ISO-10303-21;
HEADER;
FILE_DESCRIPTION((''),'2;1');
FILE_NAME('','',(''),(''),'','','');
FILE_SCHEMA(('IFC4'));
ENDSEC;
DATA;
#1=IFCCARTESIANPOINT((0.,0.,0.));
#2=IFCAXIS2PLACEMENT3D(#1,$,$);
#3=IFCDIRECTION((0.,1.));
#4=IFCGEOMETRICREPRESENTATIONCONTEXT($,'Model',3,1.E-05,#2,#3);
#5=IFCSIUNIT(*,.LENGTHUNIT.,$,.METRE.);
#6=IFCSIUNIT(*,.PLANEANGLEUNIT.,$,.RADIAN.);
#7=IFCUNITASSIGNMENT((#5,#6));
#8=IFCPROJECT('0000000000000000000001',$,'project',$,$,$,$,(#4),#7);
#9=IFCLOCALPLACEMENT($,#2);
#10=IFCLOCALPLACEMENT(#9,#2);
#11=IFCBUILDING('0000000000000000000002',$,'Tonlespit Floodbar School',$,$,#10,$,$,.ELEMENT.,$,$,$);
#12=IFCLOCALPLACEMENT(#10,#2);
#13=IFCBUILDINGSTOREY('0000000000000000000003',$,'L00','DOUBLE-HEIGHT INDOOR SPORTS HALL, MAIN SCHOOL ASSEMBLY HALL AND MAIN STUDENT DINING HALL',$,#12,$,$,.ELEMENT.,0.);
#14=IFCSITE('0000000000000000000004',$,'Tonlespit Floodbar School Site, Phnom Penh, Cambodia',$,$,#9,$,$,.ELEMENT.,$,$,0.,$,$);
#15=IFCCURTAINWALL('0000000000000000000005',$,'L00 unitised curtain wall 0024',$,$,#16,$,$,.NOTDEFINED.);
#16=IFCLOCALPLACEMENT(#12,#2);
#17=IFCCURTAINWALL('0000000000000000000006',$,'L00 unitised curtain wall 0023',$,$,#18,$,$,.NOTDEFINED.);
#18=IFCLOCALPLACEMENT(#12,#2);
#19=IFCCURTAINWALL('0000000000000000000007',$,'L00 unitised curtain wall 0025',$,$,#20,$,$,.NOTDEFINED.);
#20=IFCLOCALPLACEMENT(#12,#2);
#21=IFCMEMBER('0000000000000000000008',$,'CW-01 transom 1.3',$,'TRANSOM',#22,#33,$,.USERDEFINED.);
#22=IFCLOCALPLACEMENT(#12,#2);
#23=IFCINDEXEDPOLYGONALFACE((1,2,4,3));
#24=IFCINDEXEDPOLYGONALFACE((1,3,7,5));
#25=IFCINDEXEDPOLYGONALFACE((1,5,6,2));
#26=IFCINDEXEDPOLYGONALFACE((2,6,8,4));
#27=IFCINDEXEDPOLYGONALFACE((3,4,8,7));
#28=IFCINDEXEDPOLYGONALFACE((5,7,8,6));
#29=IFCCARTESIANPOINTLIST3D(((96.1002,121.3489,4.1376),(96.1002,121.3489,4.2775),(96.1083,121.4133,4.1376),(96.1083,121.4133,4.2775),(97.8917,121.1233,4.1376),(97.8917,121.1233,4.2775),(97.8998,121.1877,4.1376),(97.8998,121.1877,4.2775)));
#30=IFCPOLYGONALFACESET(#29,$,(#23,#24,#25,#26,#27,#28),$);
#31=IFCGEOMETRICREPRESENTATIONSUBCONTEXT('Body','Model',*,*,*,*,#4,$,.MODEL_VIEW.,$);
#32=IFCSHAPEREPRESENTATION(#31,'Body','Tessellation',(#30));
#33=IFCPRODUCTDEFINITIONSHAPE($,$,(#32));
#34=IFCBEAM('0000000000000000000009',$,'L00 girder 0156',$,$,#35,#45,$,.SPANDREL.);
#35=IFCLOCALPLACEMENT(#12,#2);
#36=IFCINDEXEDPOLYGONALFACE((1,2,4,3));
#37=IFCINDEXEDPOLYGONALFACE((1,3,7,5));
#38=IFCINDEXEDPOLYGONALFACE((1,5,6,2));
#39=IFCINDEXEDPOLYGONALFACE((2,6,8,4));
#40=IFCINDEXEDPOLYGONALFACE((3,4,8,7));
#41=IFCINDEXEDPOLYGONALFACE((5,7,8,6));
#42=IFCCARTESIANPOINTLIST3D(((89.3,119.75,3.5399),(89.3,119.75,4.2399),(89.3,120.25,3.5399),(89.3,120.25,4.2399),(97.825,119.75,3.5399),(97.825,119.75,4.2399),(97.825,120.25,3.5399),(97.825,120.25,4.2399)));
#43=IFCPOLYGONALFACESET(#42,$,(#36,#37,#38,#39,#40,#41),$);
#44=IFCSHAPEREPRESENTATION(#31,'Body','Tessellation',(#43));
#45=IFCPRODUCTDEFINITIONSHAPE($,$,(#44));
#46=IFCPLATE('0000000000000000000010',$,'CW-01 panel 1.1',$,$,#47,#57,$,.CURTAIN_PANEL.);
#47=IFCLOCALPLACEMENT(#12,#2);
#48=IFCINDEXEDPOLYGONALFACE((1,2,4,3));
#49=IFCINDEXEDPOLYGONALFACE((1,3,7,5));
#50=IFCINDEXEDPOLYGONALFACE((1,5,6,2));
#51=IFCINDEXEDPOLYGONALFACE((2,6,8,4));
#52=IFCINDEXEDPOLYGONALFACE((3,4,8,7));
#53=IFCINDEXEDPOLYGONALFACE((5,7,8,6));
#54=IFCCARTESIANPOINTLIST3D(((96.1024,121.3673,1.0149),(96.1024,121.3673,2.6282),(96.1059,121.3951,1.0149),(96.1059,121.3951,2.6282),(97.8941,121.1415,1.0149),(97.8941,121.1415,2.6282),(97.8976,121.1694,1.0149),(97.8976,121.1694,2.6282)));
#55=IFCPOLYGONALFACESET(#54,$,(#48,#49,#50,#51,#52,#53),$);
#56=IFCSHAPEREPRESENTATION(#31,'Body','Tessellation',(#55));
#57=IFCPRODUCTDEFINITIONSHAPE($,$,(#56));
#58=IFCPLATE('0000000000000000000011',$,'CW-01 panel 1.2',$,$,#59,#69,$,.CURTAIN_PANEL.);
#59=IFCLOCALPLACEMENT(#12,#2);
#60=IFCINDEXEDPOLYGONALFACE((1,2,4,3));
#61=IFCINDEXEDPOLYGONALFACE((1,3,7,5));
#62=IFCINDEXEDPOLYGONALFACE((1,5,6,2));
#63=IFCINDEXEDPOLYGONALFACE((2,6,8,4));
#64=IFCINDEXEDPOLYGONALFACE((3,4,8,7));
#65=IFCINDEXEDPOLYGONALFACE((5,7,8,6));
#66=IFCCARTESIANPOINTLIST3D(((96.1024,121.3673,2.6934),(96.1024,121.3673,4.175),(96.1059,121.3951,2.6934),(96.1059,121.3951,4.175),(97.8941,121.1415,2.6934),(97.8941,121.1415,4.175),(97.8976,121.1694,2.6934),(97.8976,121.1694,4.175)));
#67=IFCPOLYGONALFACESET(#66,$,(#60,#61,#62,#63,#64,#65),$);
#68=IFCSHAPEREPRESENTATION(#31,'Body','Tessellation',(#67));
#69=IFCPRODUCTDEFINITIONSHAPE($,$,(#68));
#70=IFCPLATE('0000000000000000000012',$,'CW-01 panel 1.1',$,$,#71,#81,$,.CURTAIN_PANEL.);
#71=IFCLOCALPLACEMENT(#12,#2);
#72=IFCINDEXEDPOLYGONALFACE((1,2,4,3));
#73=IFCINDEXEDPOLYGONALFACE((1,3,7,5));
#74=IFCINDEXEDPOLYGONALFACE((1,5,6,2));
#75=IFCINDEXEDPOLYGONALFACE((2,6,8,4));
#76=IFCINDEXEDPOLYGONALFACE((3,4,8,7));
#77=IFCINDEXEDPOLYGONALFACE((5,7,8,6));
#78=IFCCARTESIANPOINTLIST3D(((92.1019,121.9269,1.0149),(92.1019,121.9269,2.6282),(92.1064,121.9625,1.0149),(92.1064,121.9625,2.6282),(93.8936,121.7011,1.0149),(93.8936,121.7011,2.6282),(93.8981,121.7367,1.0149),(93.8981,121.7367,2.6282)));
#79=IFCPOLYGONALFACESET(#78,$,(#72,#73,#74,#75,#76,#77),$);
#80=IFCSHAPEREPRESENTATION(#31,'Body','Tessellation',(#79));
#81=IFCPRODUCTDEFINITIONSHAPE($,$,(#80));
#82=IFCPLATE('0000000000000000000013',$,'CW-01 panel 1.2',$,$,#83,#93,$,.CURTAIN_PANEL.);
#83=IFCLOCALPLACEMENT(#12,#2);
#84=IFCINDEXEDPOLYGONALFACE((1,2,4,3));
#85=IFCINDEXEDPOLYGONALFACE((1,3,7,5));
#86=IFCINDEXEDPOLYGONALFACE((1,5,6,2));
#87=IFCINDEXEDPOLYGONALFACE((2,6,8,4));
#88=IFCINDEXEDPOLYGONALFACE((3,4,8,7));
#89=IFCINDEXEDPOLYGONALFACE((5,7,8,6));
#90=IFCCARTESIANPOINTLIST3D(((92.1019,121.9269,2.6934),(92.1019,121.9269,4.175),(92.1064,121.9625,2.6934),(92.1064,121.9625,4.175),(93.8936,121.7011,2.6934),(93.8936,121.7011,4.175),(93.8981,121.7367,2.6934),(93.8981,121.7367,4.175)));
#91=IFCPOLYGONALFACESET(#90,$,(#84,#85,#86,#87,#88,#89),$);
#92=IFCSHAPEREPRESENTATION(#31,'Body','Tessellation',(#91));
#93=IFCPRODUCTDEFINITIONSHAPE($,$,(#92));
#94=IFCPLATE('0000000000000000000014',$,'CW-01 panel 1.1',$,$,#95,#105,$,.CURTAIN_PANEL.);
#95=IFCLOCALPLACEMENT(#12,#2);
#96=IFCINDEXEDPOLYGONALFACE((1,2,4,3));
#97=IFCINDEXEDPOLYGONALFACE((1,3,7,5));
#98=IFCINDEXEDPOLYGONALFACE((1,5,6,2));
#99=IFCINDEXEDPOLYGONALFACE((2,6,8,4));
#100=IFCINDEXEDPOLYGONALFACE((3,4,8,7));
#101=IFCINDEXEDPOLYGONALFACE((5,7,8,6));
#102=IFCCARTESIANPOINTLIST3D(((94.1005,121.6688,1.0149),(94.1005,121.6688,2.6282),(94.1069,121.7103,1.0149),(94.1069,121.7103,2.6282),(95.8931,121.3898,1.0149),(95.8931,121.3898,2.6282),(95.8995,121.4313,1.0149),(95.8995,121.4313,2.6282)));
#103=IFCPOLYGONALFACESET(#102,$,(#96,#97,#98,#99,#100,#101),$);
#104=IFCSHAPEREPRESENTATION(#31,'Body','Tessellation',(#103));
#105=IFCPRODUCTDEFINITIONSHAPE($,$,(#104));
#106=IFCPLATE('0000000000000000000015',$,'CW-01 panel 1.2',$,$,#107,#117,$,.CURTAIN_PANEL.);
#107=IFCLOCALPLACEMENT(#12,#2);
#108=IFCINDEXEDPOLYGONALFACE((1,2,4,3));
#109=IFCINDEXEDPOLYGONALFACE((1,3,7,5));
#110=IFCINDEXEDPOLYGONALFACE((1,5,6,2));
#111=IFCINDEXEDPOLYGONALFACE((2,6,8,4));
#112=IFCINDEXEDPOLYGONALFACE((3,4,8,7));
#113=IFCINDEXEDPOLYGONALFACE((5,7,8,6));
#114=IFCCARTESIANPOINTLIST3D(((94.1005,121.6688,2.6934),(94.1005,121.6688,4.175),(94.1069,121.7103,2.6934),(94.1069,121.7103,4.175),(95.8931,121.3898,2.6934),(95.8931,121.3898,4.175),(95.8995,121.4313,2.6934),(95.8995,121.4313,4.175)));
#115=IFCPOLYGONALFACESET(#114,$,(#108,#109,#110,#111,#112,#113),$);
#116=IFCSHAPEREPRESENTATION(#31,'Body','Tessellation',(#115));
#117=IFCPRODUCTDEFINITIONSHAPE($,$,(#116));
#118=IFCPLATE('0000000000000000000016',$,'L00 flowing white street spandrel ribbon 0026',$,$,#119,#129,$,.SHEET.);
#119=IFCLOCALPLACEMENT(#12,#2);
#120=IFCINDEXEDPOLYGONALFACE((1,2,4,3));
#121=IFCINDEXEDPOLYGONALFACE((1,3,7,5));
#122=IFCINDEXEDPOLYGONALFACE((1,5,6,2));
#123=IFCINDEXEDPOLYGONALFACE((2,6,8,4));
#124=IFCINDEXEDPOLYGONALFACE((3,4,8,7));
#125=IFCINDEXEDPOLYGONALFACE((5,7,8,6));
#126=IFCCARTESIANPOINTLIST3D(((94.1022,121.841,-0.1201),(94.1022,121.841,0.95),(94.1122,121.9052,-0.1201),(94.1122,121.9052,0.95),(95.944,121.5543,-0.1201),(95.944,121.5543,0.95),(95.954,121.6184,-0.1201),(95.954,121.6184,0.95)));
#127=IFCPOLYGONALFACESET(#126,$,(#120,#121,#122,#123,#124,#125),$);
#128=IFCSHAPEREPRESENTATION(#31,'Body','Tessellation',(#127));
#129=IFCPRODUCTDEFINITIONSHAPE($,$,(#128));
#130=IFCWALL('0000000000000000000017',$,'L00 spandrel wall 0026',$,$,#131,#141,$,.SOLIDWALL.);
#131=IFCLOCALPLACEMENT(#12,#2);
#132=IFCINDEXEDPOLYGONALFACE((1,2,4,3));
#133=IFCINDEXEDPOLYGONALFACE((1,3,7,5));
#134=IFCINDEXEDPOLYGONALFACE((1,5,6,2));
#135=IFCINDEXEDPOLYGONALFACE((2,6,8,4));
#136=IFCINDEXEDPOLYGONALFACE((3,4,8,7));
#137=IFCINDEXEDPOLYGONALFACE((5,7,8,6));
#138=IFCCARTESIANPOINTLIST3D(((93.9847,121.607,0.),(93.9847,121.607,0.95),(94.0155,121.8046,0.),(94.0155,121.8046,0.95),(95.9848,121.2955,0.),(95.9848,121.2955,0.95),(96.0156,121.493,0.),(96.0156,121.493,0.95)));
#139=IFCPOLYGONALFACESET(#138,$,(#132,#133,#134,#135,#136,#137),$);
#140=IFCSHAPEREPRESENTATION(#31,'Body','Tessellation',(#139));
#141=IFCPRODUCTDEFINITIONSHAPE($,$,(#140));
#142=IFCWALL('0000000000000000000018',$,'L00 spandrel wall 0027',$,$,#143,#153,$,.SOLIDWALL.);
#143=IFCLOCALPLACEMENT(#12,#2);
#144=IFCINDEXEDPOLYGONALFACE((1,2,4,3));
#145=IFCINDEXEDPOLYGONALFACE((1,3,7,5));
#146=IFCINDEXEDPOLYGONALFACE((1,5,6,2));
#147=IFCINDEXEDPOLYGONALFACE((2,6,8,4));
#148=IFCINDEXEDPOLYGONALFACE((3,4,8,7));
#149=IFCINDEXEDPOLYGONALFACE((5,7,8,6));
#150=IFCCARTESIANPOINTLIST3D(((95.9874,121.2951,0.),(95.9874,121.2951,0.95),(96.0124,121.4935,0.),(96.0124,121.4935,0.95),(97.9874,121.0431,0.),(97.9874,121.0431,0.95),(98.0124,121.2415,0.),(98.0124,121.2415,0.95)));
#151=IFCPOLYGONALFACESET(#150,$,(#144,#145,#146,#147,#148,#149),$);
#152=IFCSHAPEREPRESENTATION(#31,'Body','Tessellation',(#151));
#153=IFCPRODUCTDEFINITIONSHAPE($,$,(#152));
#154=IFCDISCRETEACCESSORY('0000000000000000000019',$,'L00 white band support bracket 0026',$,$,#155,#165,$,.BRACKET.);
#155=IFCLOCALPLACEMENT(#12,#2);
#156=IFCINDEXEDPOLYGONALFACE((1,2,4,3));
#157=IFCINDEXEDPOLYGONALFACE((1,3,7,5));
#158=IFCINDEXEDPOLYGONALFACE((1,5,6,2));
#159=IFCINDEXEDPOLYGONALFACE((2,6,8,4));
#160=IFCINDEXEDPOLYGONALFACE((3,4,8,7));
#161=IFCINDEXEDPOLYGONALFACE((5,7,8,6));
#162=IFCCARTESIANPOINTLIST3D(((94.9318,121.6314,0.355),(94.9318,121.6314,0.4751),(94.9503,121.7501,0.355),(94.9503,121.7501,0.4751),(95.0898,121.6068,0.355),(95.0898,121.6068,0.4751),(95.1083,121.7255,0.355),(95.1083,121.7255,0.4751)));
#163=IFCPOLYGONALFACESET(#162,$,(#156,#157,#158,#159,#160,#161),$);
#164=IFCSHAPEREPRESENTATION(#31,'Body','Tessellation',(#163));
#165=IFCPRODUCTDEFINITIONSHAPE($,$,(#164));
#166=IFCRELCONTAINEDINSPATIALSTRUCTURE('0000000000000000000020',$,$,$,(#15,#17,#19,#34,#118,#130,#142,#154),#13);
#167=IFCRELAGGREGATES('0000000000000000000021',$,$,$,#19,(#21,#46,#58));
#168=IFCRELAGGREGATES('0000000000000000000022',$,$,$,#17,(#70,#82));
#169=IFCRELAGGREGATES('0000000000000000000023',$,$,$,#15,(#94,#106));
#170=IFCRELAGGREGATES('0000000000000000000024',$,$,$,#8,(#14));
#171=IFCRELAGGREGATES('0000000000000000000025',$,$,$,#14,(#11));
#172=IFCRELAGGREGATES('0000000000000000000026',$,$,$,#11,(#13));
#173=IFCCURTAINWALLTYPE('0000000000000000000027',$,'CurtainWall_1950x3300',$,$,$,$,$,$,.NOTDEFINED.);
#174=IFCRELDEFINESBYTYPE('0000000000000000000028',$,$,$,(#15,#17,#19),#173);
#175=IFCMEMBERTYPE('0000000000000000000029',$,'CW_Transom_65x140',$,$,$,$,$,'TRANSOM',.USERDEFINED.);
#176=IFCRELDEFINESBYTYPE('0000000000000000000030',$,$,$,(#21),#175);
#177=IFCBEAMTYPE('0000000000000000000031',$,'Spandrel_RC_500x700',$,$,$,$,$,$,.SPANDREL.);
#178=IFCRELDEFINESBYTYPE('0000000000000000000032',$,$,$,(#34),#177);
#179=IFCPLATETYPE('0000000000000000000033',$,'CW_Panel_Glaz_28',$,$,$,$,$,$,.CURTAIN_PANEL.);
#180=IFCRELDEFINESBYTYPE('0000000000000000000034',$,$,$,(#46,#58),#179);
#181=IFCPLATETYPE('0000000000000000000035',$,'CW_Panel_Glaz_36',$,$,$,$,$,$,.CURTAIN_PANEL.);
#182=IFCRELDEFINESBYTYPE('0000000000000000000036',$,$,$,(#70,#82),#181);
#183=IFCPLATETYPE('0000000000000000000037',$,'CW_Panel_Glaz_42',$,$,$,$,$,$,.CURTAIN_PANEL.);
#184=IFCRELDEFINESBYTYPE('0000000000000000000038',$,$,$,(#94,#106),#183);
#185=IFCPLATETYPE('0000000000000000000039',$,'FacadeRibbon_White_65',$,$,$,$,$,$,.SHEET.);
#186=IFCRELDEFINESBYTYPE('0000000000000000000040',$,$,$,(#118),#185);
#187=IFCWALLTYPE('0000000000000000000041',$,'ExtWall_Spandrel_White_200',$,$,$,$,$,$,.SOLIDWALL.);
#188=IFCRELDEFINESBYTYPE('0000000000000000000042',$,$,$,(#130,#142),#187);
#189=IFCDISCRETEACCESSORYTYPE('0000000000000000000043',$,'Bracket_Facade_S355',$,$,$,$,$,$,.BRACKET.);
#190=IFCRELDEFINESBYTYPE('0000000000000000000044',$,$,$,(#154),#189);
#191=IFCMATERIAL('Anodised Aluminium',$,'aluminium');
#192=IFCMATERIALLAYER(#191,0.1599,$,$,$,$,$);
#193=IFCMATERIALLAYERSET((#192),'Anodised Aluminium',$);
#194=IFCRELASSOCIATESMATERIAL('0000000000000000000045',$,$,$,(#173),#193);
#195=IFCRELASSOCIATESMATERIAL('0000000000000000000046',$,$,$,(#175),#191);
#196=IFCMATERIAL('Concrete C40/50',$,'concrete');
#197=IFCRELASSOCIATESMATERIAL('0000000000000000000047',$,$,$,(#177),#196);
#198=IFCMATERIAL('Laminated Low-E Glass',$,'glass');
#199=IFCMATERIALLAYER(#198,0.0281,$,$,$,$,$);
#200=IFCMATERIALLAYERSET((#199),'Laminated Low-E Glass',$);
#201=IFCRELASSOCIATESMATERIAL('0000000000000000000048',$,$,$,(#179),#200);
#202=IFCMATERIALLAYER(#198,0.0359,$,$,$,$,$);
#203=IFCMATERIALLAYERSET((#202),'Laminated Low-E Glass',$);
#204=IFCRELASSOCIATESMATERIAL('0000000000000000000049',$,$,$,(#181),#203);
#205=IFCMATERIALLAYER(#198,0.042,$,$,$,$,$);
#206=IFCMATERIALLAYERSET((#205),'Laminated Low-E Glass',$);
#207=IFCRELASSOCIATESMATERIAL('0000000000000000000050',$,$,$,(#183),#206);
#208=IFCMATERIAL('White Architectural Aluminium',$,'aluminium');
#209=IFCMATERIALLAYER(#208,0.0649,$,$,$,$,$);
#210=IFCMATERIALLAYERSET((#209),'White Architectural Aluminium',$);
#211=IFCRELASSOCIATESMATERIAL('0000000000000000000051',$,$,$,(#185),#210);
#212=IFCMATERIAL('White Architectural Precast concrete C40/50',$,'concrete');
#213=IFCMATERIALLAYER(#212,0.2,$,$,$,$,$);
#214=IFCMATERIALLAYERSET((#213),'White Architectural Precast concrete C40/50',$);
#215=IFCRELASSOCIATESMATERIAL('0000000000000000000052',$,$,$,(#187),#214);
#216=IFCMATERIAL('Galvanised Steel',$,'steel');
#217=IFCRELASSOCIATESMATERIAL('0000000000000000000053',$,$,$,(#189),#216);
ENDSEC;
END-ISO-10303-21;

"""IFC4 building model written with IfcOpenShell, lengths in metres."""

from ifc_helpers import new_model, si_unit, direction, frame, frame_2d, origin, origin_2d, place, context, subcontext, project, spatial, rectangle, extrude, material, layer, layer_set, material_profile, profile_set, type_object, element, aggregate, save


model = new_model("IFC4")

# Units and contexts
model_context = context("Model", 3, precision=1e-05, world=origin(), true_north=direction((0.0, 1.0)))
body_context = subcontext(model_context, "Body", "Model", "MODEL_VIEW")
ifc_project = project(units=[si_unit("LENGTHUNIT", "METRE"), si_unit("PLANEANGLEUNIT", "RADIAN")], contexts=[model_context])

# Site, building, storey
site_placement = place(None, origin())
site = spatial("IfcSite", under=ifc_project, at=site_placement, Name="Tonlespit Floodbar School Site, Phnom Penh, Cambodia", CompositionType="ELEMENT", RefElevation=0.0)
building_placement = place(site_placement, origin())
building = spatial("IfcBuilding", under=site, at=building_placement, Name="Tonlespit Floodbar School", CompositionType="ELEMENT")
storey_placement = place(building_placement, origin())
storey = spatial("IfcBuildingStorey", under=building, at=storey_placement, Name="L00", Description="DOUBLE-HEIGHT INDOOR SPORTS HALL, MAIN SCHOOL ASSEMBLY HALL AND MAIN STUDENT DINING HALL", CompositionType="ELEMENT", Elevation=0.0)

# Shared definitions
ifc_material_1 = material(Name="Concrete C40/50", Category="concrete")

# Curtain wall
ifc_material_2 = material(Name="Anodised Aluminium", Category="aluminium")
ifc_layer_1 = layer(ifc_material_2, 0.1599)
ifc_layer_set_1 = layer_set([ifc_layer_1], Name="Anodised Aluminium")
curtain_wall_type = type_object("IfcCurtainWallType", Name="CurtainWall_1950x3300", PredefinedType="NOTDEFINED", material=ifc_layer_set_1)
curtain_wall_1_placement = place(storey_placement, origin())
curtain_wall_1 = element("IfcCurtainWall", 1, at=curtain_wall_1_placement, inside=storey, type_object=curtain_wall_type, Name="L00 unitised curtain wall 0024", PredefinedType="NOTDEFINED")

# Curtain walls
curtain_wall_2_placement = place(storey_placement, origin())
curtain_wall_2 = element("IfcCurtainWall", 2, at=curtain_wall_2_placement, inside=storey, type_object=curtain_wall_type, Name="L00 unitised curtain wall 0023", PredefinedType="NOTDEFINED")
curtain_wall_3_placement = place(storey_placement, origin())
curtain_wall_3 = element("IfcCurtainWall", 3, at=curtain_wall_3_placement, inside=storey, type_object=curtain_wall_type, Name="L00 unitised curtain wall 0025", PredefinedType="NOTDEFINED")

# Member
ifc_material_profile_1 = material_profile(ifc_material_2, rectangle(XDim=0.0649, YDim=0.1399, at=origin_2d()), Name="ALU T65x140")
ifc_profile_set_1 = profile_set([ifc_material_profile_1], Name="Anodised Aluminium")
member_type_1 = type_object("IfcMemberType", Name="CW_Transom_65x140", ElementType="TRANSOM", PredefinedType="USERDEFINED", material=ifc_profile_set_1)
member_1_placement = place(storey_placement, frame((96.1042, 121.3811, 4.2075), z_axis=(0.992165, -0.124933, 0.0), x_axis=(0.124933, 0.992165, 0.0)))
member_1 = element("IfcMember", 4, at=member_1_placement, type_object=member_type_1, Name="CW-01 transom 1.3", ObjectType="TRANSOM", PredefinedType="USERDEFINED", context=body_context, shape_type="SweptSolid", body=[
    extrude(rectangle(XDim=0.0649, YDim=0.1399, at=origin_2d()), origin(), (0.0, 0.0, 1.0), 1.8057),
])

# Beam
ifc_material_profile_2 = material_profile(ifc_material_1, rectangle(XDim=0.5, YDim=0.7, at=origin_2d()), Name="RC 500x700")
ifc_profile_set_2 = profile_set([ifc_material_profile_2], Name="Concrete C40/50")
beam_type_1 = type_object("IfcBeamType", Name="Spandrel_RC_500x700", PredefinedType="SPANDREL", material=ifc_profile_set_2)
beam_1_placement = place(storey_placement, frame((89.3, 120.0, 3.8899), z_axis=(1.0, 0.0, 0.0), x_axis=(0.0, 1.0, 0.0)))
element("IfcBeam", 5, at=beam_1_placement, inside=storey, type_object=beam_type_1, Name="L00 girder 0156", PredefinedType="SPANDREL", context=body_context, shape_type="SweptSolid", body=[
    extrude(rectangle(XDim=0.5, YDim=0.7, at=origin_2d()), origin(), (0.0, 0.0, 1.0), 8.5249),
])

# Plates
ifc_material_3 = material(Name="Laminated Low-E Glass", Category="glass")
ifc_layer_2 = layer(ifc_material_3, 0.0281)
ifc_layer_set_2 = layer_set([ifc_layer_2], Name="Laminated Low-E Glass")
plate_type_1 = type_object("IfcPlateType", Name="CW_Panel_Glaz_28", PredefinedType="CURTAIN_PANEL", material=ifc_layer_set_2)
plate_1_placement = place(storey_placement, frame((97.0, 121.2683, 1.0149), z_axis=(0.0, 0.0, 1.0), x_axis=(0.992155, -0.125014, 0.0)))
plate_1 = element("IfcPlate", 6, at=plate_1_placement, type_object=plate_type_1, Name="CW-01 panel 1.1", PredefinedType="CURTAIN_PANEL", context=body_context, shape_type="SweptSolid", body=[
    extrude(rectangle(XDim=1.8059, YDim=0.0281, at=origin_2d()), origin(), (0.0, 0.0, 1.0), 1.6133),
])
plate_2_placement = place(storey_placement, frame((97.0, 121.2683, 2.6934), z_axis=(0.0, 0.0, 1.0), x_axis=(0.992155, -0.125014, 0.0)))
plate_2 = element("IfcPlate", 7, at=plate_2_placement, type_object=plate_type_1, Name="CW-01 panel 1.2", PredefinedType="CURTAIN_PANEL", context=body_context, shape_type="SweptSolid", body=[
    extrude(rectangle(XDim=1.8059, YDim=0.0281, at=origin_2d()), origin(), (0.0, 0.0, 1.0), 1.4817),
])
aggregate(curtain_wall_3, [member_1, plate_1, plate_2])
ifc_layer_3 = layer(ifc_material_3, 0.0359)
ifc_layer_set_3 = layer_set([ifc_layer_3], Name="Laminated Low-E Glass")
plate_type_2 = type_object("IfcPlateType", Name="CW_Panel_Glaz_36", PredefinedType="CURTAIN_PANEL", material=ifc_layer_set_3)
plate_3_placement = place(storey_placement, frame((93.0, 121.8318, 1.0149), z_axis=(0.0, 0.0, 1.0), x_axis=(0.992155, -0.125014, 0.0)))
plate_3 = element("IfcPlate", 8, at=plate_3_placement, type_object=plate_type_2, Name="CW-01 panel 1.1", PredefinedType="CURTAIN_PANEL", context=body_context, shape_type="SweptSolid", body=[
    extrude(rectangle(XDim=1.8059, YDim=0.0359, at=origin_2d()), origin(), (0.0, 0.0, 1.0), 1.6133),
])
plate_4_placement = place(storey_placement, frame((93.0, 121.8318, 2.6934), z_axis=(0.0, 0.0, 1.0), x_axis=(0.992155, -0.125014, 0.0)))
plate_4 = element("IfcPlate", 9, at=plate_4_placement, type_object=plate_type_2, Name="CW-01 panel 1.2", PredefinedType="CURTAIN_PANEL", context=body_context, shape_type="SweptSolid", body=[
    extrude(rectangle(XDim=1.8059, YDim=0.0359, at=origin_2d()), origin(), (0.0, 0.0, 1.0), 1.4817),
])
aggregate(curtain_wall_2, [plate_3, plate_4])
ifc_layer_4 = layer(ifc_material_3, 0.042)
ifc_layer_set_4 = layer_set([ifc_layer_4], Name="Laminated Low-E Glass")
plate_type_3 = type_object("IfcPlateType", Name="CW_Panel_Glaz_42", PredefinedType="CURTAIN_PANEL", material=ifc_layer_set_4)
plate_5_placement = place(storey_placement, frame((95.0, 121.55, 1.0149), z_axis=(0.0, 0.0, 1.0), x_axis=(0.988103, -0.153796, 0.0)))
plate_5 = element("IfcPlate", 10, at=plate_5_placement, type_object=plate_type_3, Name="CW-01 panel 1.1", PredefinedType="CURTAIN_PANEL", context=body_context, shape_type="SweptSolid", body=[
    extrude(rectangle(XDim=1.8142, YDim=0.042, at=origin_2d()), origin(), (0.0, 0.0, 1.0), 1.6133),
])
plate_6_placement = place(storey_placement, frame((95.0, 121.55, 2.6934), z_axis=(0.0, 0.0, 1.0), x_axis=(0.988103, -0.153796, 0.0)))
plate_6 = element("IfcPlate", 11, at=plate_6_placement, type_object=plate_type_3, Name="CW-01 panel 1.2", PredefinedType="CURTAIN_PANEL", context=body_context, shape_type="SweptSolid", body=[
    extrude(rectangle(XDim=1.8142, YDim=0.042, at=origin_2d()), origin(), (0.0, 0.0, 1.0), 1.4817),
])
aggregate(curtain_wall_1, [plate_5, plate_6])
ifc_material_4 = material(Name="White Architectural Aluminium", Category="aluminium")
ifc_layer_5 = layer(ifc_material_4, 0.0649)
ifc_layer_set_5 = layer_set([ifc_layer_5], Name="White Architectural Aluminium")
plate_type_4 = type_object("IfcPlateType", Name="FacadeRibbon_White_65", PredefinedType="SHEET", material=ifc_layer_set_5)
plate_7_placement = place(storey_placement, frame((95.0281, 121.7297, -0.1201), z_axis=(0.0, 0.0, 1.0), x_axis=(0.988095, -0.153846, 0.0)))
element("IfcPlate", 12, at=plate_7_placement, inside=storey, type_object=plate_type_4, Name="L00 flowing white street spandrel ribbon 0026", PredefinedType="SHEET", context=body_context, shape_type="SweptSolid", body=[
    extrude(rectangle(XDim=1.864, YDim=0.0649, at=origin_2d()), origin(), (0.0, 0.0, 1.0), 1.0701),
])

# Walls
ifc_material_5 = material(Name="White Architectural Precast concrete C40/50", Category="concrete")
ifc_layer_6 = layer(ifc_material_5, 0.2)
ifc_layer_set_6 = layer_set([ifc_layer_6], Name="White Architectural Precast concrete C40/50")
wall_type = type_object("IfcWallType", Name="ExtWall_Spandrel_White_200", PredefinedType="SOLIDWALL", material=ifc_layer_set_6)
wall_1_placement = place(storey_placement, frame((94.0, 121.7058, 0.0), z_axis=(0.0, 0.0, 1.0), x_axis=(0.988086, -0.153906, 0.0)))
element("IfcWall", 13, at=wall_1_placement, inside=storey, type_object=wall_type, Name="L00 spandrel wall 0026", PredefinedType="SOLIDWALL", context=body_context, shape_type="SweptSolid", body=[
    extrude(rectangle(XDim=2.0242, YDim=0.2, at=frame_2d((1.0122, 0.0))), origin(), (0.0, 0.0, 1.0), 0.95),
])
wall_2_placement = place(storey_placement, frame((96.0, 121.3943, 0.0), z_axis=(0.0, 0.0, 1.0), x_axis=(0.992158, -0.124989, 0.0)))
element("IfcWall", 14, at=wall_2_placement, inside=storey, type_object=wall_type, Name="L00 spandrel wall 0027", PredefinedType="SOLIDWALL", context=body_context, shape_type="SweptSolid", body=[
    extrude(rectangle(XDim=2.0159, YDim=0.2, at=frame_2d((1.0078, 0.0))), origin(), (0.0, 0.0, 1.0), 0.95),
])

# Discrete accessory
ifc_material_6 = material(Name="Galvanised Steel", Category="steel")
discrete_accessory_type = type_object("IfcDiscreteAccessoryType", Name="Bracket_Facade_S355", PredefinedType="BRACKET", material=ifc_material_6)
discrete_accessory_placement = place(storey_placement, frame((95.02, 121.6785, 0.355), z_axis=(0.0, 0.0, 1.0), x_axis=(0.988095, -0.153846, 0.0)))
element("IfcDiscreteAccessory", 15, at=discrete_accessory_placement, inside=storey, type_object=discrete_accessory_type, Name="L00 white band support bracket 0026", PredefinedType="BRACKET", context=body_context, shape_type="SweptSolid", body=[
    extrude(rectangle(XDim=0.1599, YDim=0.1201, at=origin_2d()), origin(), (0.0, 0.0, 1.0), 0.1201),
])

save(model, "model.ifc")
